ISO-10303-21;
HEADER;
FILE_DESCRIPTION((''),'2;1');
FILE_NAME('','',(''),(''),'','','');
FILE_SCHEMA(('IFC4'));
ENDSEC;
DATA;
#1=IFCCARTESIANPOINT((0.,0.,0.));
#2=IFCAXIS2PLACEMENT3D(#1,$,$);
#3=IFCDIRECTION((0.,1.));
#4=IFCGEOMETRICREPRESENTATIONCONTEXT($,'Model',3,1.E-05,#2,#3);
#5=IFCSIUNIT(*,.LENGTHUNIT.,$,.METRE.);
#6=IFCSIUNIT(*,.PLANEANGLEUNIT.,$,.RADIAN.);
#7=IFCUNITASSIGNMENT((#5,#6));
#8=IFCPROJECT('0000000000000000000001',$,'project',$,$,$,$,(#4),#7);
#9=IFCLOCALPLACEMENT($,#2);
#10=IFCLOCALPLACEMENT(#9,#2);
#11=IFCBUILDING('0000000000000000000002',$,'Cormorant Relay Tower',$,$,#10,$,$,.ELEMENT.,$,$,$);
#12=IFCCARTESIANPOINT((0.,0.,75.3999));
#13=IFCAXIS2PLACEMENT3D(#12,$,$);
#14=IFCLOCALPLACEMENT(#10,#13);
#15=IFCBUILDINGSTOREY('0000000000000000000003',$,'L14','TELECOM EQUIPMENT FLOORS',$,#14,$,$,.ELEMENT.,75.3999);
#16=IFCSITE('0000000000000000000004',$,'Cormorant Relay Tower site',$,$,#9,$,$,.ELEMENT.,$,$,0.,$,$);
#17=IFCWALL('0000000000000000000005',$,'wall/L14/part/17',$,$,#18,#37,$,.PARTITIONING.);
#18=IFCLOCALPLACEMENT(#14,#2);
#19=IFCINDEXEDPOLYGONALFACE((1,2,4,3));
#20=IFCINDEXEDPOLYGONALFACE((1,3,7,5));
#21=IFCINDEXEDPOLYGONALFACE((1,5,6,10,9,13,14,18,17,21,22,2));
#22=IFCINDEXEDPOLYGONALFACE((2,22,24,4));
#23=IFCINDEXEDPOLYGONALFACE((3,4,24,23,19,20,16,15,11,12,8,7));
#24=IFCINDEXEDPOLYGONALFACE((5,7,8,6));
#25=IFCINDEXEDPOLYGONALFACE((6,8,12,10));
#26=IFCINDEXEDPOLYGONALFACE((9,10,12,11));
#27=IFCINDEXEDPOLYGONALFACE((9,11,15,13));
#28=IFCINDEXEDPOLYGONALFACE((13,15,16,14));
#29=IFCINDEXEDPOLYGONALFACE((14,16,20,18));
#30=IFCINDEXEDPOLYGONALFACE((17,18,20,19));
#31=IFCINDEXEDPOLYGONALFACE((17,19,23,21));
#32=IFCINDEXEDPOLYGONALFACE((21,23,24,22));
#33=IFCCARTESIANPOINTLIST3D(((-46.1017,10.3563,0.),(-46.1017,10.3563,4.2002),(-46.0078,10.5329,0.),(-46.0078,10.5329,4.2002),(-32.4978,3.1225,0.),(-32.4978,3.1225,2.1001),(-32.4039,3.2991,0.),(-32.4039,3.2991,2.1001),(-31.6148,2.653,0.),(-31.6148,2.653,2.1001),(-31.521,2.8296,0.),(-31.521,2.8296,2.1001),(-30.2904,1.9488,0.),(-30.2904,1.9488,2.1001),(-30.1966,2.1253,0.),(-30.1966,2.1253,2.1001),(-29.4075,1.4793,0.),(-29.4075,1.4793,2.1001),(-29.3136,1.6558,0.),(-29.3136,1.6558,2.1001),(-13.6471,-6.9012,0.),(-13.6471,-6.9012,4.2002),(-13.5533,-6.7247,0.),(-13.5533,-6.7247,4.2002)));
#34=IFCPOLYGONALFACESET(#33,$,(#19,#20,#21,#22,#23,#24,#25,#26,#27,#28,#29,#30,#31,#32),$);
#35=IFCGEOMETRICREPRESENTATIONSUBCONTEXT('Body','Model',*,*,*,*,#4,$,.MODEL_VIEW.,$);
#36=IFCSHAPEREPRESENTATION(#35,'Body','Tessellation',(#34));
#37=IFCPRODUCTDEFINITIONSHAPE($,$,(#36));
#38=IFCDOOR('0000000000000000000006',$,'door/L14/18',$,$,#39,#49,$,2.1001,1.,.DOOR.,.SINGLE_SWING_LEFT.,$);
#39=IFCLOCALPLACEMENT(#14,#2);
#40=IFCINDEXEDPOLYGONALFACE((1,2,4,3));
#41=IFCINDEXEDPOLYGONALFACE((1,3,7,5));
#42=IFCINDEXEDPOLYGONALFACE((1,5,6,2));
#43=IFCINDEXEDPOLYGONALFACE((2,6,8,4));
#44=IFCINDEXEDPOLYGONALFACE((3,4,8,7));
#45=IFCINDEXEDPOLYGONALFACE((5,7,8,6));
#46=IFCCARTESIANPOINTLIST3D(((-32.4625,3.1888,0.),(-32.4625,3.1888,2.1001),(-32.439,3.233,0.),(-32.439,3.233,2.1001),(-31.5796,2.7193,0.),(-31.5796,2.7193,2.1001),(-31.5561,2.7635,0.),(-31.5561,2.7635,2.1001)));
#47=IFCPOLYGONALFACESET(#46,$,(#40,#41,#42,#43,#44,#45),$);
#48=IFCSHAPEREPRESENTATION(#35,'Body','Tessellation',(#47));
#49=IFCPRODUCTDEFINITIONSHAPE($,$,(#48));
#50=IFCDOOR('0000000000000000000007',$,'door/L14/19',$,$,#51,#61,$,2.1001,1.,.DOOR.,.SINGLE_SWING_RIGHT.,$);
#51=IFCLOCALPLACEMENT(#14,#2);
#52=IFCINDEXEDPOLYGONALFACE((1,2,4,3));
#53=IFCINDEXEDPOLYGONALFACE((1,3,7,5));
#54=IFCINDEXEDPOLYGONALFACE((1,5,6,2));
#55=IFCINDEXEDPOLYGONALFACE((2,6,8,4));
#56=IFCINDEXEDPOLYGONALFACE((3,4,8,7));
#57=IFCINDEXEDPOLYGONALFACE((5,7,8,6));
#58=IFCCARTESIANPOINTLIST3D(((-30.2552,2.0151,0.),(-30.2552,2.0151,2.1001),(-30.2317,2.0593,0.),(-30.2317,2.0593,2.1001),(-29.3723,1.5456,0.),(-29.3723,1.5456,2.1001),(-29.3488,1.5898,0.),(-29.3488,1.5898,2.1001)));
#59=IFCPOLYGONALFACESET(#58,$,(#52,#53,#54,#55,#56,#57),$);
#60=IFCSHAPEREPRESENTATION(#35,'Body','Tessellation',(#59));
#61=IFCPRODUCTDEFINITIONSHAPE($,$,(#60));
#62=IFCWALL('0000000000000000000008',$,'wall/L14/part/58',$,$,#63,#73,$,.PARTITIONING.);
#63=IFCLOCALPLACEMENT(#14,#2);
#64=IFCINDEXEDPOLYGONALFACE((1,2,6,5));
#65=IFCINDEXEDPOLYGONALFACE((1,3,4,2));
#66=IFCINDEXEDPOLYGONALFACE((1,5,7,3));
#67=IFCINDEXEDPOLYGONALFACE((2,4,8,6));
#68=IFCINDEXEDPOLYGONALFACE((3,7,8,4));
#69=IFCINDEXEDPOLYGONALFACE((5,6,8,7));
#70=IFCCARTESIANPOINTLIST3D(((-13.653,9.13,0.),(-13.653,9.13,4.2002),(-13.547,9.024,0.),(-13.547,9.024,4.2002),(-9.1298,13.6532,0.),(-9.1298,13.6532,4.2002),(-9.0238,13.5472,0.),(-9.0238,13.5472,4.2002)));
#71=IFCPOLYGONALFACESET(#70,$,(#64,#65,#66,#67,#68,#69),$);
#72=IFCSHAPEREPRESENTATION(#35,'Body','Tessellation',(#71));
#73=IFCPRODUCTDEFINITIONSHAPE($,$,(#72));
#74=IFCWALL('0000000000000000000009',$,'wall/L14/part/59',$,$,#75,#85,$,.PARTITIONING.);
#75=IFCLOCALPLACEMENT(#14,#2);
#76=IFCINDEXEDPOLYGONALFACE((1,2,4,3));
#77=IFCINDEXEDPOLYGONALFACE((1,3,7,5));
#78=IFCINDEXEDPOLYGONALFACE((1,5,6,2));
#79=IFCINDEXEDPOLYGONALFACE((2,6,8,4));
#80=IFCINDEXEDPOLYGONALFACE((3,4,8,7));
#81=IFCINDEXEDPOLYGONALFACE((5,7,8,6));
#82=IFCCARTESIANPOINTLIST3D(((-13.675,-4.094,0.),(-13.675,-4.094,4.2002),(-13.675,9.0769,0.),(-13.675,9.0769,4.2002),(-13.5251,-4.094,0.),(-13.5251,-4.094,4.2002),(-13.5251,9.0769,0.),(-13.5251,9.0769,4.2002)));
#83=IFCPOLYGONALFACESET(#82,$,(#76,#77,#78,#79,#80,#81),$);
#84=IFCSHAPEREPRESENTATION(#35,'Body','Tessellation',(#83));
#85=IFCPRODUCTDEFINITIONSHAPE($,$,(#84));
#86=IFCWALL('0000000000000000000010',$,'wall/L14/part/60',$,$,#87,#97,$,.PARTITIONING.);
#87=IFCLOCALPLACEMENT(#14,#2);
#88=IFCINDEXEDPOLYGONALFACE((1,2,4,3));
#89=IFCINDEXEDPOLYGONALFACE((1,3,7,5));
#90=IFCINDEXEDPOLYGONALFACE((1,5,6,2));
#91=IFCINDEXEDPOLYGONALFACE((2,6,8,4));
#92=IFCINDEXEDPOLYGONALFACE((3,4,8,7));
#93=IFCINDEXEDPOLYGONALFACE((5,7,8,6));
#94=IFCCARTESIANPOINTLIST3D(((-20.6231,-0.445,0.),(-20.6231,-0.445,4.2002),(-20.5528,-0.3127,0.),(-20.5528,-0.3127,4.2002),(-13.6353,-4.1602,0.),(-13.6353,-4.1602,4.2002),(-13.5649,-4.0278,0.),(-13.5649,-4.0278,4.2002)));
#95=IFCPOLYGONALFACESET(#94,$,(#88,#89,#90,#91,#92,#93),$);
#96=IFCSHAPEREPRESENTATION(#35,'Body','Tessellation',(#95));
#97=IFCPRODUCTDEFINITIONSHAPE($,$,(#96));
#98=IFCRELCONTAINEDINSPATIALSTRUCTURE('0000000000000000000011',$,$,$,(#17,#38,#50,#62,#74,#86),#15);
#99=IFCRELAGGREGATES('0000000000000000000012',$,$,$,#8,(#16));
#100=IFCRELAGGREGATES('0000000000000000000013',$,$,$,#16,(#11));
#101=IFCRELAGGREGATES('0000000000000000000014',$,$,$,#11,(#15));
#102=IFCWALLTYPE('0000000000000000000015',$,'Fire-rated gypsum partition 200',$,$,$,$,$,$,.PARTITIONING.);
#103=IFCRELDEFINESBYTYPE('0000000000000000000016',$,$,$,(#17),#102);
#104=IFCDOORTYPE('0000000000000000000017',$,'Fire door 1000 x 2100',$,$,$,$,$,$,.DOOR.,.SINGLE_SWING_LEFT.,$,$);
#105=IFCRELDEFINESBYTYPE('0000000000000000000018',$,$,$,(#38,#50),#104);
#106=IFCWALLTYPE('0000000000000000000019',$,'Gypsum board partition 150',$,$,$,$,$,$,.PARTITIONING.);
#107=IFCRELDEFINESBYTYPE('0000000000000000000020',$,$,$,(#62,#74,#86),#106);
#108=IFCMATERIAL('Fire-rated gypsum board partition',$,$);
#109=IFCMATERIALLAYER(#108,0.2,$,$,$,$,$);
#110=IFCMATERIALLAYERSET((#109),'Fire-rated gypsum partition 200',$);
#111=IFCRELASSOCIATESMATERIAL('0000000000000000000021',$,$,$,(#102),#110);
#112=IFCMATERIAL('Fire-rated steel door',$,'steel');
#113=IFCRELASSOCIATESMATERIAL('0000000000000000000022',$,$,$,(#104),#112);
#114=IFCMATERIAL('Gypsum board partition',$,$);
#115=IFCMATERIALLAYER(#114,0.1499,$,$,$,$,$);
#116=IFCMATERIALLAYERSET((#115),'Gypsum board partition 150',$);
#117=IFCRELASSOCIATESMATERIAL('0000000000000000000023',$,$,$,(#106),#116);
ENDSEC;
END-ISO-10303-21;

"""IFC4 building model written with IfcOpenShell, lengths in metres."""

from ifc_helpers import new_model, si_unit, direction, frame, frame_2d, origin, place, context, subcontext, project, spatial, rectangle, extrude, material, layer, layer_set, type_object, element, fill, save


model = new_model("IFC4")

# Units and contexts
model_context = context("Model", 3, precision=1e-05, world=origin(), true_north=direction((0.0, 1.0)))
body_context = subcontext(model_context, "Body", "Model", "MODEL_VIEW")
ifc_project = project(units=[si_unit("LENGTHUNIT", "METRE"), si_unit("PLANEANGLEUNIT", "RADIAN")], contexts=[model_context])

# Site, building, storey
site_placement = place(None, origin())
site = spatial("IfcSite", under=ifc_project, at=site_placement, Name="Cormorant Relay Tower site", CompositionType="ELEMENT", RefElevation=0.0)
building_placement = place(site_placement, origin())
building = spatial("IfcBuilding", under=site, at=building_placement, Name="Cormorant Relay Tower", CompositionType="ELEMENT")
storey_placement = place(building_placement, frame((0.0, 0.0, 75.3999)))
storey = spatial("IfcBuildingStorey", under=building, at=storey_placement, Name="L14", Description="TELECOM EQUIPMENT FLOORS", CompositionType="ELEMENT", Elevation=75.3999)

# Wall, openings, doors
ifc_material_1 = material(Name="Fire-rated gypsum board partition")
ifc_layer_1 = layer(ifc_material_1, 0.2)
ifc_layer_set_1 = layer_set([ifc_layer_1], Name="Fire-rated gypsum partition 200")
wall_type_1 = type_object("IfcWallType", Name="Fire-rated gypsum partition 200", PredefinedType="PARTITIONING", material=ifc_layer_set_1)
wall_1_placement = place(storey_placement, frame((-13.6001, -6.813, 0.0), z_axis=(0.0, 0.0, 1.0), x_axis=(-0.882935, 0.469496, 0.0)))
wall_1 = element("IfcWall", 1, at=wall_1_placement, inside=storey, type_object=wall_type_1, Name="wall/L14/part/17", PredefinedType="PARTITIONING", context=body_context, shape_type="SweptSolid", body=[
    extrude(rectangle(XDim=36.7576, YDim=0.2, at=frame_2d((18.3789, 0.0))), origin(), (0.0, 0.0, 1.0), 4.2002),
])
opening_1_placement = place(wall_1_placement, frame((20.3501, 0.0, 0.0)))
opening_1 = element("IfcOpeningElement", 2, at=opening_1_placement, cuts=wall_1, PredefinedType="OPENING", context=body_context, shape_type="SweptSolid", body=[
    extrude(rectangle(XDim=1.0, YDim=2.1001, at=frame_2d((0.5, 1.05))), frame((0.0, 0.1099, 0.0), z_axis=(0.0, -1.0, 0.0), x_axis=(1.0, 0.0, 0.0)), (0.0, 0.0, 1.0), 0.22),
])
opening_2_placement = place(wall_1_placement, frame((17.8501, 0.0, 0.0)))
opening_2 = element("IfcOpeningElement", 3, at=opening_2_placement, cuts=wall_1, PredefinedType="OPENING", context=body_context, shape_type="SweptSolid", body=[
    extrude(rectangle(XDim=1.0, YDim=2.1001, at=frame_2d((0.5, 1.05))), frame((0.0, 0.1099, 0.0), z_axis=(0.0, -1.0, 0.0), x_axis=(1.0, 0.0, 0.0)), (0.0, 0.0, 1.0), 0.22),
])
ifc_material_2 = material(Name="Fire-rated steel door", Category="steel")
door_type = type_object("IfcDoorType", Name="Fire door 1000 x 2100", OperationType="SINGLE_SWING_LEFT", PredefinedType="DOOR", material=ifc_material_2)
door_1_placement = place(opening_1_placement, origin())
door_1 = element("IfcDoor", 4, at=door_1_placement, inside=storey, type_object=door_type, Name="door/L14/18", OperationType="SINGLE_SWING_LEFT", OverallHeight=2.1001, OverallWidth=1.0, PredefinedType="DOOR", context=body_context, shape_type="SweptSolid", body=[
    extrude(rectangle(XDim=1.0, YDim=2.1001, at=frame_2d((0.5, 1.05))), frame((0.0, 0.0249, 0.0), z_axis=(0.0, -1.0, 0.0), x_axis=(1.0, 0.0, 0.0)), (0.0, 0.0, 1.0), 0.05),
])
fill(opening_1, door_1)
door_2_placement = place(opening_2_placement, origin())
door_2 = element("IfcDoor", 5, at=door_2_placement, inside=storey, type_object=door_type, Name="door/L14/19", OperationType="SINGLE_SWING_RIGHT", OverallHeight=2.1001, OverallWidth=1.0, PredefinedType="DOOR", context=body_context, shape_type="SweptSolid", body=[
    extrude(rectangle(XDim=1.0, YDim=2.1001, at=frame_2d((0.5, 1.05))), frame((0.0, 0.0249, 0.0), z_axis=(0.0, -1.0, 0.0), x_axis=(1.0, 0.0, 0.0)), (0.0, 0.0, 1.0), 0.05),
])
fill(opening_2, door_2)

# Walls
ifc_material_3 = material(Name="Gypsum board partition")
ifc_layer_2 = layer(ifc_material_3, 0.1499)
ifc_layer_set_2 = layer_set([ifc_layer_2], Name="Gypsum board partition 150")
wall_type_2 = type_object("IfcWallType", Name="Gypsum board partition 150", PredefinedType="PARTITIONING", material=ifc_layer_set_2)
wall_2_placement = place(storey_placement, frame((-9.0769, 13.6001, 0.0), z_axis=(0.0, 0.0, 1.0), x_axis=(-0.707107, -0.707107, 0.0)))
element("IfcWall", 6, at=wall_2_placement, inside=storey, type_object=wall_type_2, Name="wall/L14/part/58", PredefinedType="PARTITIONING", context=body_context, shape_type="SweptSolid", body=[
    extrude(rectangle(XDim=6.3967, YDim=0.1499, at=frame_2d((3.1982, 0.0))), origin(), (0.0, 0.0, 1.0), 4.2002),
])
wall_3_placement = place(storey_placement, frame((-13.6001, 9.0769, 0.0), z_axis=(0.0, 0.0, 1.0), x_axis=(0.0, -1.0, 0.0)))
element("IfcWall", 7, at=wall_3_placement, inside=storey, type_object=wall_type_2, Name="wall/L14/part/59", PredefinedType="PARTITIONING", context=body_context, shape_type="SweptSolid", body=[
    extrude(rectangle(XDim=13.1709, YDim=0.1499, at=frame_2d((6.5854, 0.0))), origin(), (0.0, 0.0, 1.0), 4.2002),
])
wall_4_placement = place(storey_placement, frame((-13.6001, -4.094, 0.0), z_axis=(0.0, 0.0, 1.0), x_axis=(-0.882968, 0.469433, 0.0)))
element("IfcWall", 8, at=wall_4_placement, inside=storey, type_object=wall_type_2, Name="wall/L14/part/60", PredefinedType="PARTITIONING", context=body_context, shape_type="SweptSolid", body=[
    extrude(rectangle(XDim=7.9141, YDim=0.1499, at=frame_2d((3.957, 0.0))), origin(), (0.0, 0.0, 1.0), 4.2002),
])

save(model, "model.ifc")
